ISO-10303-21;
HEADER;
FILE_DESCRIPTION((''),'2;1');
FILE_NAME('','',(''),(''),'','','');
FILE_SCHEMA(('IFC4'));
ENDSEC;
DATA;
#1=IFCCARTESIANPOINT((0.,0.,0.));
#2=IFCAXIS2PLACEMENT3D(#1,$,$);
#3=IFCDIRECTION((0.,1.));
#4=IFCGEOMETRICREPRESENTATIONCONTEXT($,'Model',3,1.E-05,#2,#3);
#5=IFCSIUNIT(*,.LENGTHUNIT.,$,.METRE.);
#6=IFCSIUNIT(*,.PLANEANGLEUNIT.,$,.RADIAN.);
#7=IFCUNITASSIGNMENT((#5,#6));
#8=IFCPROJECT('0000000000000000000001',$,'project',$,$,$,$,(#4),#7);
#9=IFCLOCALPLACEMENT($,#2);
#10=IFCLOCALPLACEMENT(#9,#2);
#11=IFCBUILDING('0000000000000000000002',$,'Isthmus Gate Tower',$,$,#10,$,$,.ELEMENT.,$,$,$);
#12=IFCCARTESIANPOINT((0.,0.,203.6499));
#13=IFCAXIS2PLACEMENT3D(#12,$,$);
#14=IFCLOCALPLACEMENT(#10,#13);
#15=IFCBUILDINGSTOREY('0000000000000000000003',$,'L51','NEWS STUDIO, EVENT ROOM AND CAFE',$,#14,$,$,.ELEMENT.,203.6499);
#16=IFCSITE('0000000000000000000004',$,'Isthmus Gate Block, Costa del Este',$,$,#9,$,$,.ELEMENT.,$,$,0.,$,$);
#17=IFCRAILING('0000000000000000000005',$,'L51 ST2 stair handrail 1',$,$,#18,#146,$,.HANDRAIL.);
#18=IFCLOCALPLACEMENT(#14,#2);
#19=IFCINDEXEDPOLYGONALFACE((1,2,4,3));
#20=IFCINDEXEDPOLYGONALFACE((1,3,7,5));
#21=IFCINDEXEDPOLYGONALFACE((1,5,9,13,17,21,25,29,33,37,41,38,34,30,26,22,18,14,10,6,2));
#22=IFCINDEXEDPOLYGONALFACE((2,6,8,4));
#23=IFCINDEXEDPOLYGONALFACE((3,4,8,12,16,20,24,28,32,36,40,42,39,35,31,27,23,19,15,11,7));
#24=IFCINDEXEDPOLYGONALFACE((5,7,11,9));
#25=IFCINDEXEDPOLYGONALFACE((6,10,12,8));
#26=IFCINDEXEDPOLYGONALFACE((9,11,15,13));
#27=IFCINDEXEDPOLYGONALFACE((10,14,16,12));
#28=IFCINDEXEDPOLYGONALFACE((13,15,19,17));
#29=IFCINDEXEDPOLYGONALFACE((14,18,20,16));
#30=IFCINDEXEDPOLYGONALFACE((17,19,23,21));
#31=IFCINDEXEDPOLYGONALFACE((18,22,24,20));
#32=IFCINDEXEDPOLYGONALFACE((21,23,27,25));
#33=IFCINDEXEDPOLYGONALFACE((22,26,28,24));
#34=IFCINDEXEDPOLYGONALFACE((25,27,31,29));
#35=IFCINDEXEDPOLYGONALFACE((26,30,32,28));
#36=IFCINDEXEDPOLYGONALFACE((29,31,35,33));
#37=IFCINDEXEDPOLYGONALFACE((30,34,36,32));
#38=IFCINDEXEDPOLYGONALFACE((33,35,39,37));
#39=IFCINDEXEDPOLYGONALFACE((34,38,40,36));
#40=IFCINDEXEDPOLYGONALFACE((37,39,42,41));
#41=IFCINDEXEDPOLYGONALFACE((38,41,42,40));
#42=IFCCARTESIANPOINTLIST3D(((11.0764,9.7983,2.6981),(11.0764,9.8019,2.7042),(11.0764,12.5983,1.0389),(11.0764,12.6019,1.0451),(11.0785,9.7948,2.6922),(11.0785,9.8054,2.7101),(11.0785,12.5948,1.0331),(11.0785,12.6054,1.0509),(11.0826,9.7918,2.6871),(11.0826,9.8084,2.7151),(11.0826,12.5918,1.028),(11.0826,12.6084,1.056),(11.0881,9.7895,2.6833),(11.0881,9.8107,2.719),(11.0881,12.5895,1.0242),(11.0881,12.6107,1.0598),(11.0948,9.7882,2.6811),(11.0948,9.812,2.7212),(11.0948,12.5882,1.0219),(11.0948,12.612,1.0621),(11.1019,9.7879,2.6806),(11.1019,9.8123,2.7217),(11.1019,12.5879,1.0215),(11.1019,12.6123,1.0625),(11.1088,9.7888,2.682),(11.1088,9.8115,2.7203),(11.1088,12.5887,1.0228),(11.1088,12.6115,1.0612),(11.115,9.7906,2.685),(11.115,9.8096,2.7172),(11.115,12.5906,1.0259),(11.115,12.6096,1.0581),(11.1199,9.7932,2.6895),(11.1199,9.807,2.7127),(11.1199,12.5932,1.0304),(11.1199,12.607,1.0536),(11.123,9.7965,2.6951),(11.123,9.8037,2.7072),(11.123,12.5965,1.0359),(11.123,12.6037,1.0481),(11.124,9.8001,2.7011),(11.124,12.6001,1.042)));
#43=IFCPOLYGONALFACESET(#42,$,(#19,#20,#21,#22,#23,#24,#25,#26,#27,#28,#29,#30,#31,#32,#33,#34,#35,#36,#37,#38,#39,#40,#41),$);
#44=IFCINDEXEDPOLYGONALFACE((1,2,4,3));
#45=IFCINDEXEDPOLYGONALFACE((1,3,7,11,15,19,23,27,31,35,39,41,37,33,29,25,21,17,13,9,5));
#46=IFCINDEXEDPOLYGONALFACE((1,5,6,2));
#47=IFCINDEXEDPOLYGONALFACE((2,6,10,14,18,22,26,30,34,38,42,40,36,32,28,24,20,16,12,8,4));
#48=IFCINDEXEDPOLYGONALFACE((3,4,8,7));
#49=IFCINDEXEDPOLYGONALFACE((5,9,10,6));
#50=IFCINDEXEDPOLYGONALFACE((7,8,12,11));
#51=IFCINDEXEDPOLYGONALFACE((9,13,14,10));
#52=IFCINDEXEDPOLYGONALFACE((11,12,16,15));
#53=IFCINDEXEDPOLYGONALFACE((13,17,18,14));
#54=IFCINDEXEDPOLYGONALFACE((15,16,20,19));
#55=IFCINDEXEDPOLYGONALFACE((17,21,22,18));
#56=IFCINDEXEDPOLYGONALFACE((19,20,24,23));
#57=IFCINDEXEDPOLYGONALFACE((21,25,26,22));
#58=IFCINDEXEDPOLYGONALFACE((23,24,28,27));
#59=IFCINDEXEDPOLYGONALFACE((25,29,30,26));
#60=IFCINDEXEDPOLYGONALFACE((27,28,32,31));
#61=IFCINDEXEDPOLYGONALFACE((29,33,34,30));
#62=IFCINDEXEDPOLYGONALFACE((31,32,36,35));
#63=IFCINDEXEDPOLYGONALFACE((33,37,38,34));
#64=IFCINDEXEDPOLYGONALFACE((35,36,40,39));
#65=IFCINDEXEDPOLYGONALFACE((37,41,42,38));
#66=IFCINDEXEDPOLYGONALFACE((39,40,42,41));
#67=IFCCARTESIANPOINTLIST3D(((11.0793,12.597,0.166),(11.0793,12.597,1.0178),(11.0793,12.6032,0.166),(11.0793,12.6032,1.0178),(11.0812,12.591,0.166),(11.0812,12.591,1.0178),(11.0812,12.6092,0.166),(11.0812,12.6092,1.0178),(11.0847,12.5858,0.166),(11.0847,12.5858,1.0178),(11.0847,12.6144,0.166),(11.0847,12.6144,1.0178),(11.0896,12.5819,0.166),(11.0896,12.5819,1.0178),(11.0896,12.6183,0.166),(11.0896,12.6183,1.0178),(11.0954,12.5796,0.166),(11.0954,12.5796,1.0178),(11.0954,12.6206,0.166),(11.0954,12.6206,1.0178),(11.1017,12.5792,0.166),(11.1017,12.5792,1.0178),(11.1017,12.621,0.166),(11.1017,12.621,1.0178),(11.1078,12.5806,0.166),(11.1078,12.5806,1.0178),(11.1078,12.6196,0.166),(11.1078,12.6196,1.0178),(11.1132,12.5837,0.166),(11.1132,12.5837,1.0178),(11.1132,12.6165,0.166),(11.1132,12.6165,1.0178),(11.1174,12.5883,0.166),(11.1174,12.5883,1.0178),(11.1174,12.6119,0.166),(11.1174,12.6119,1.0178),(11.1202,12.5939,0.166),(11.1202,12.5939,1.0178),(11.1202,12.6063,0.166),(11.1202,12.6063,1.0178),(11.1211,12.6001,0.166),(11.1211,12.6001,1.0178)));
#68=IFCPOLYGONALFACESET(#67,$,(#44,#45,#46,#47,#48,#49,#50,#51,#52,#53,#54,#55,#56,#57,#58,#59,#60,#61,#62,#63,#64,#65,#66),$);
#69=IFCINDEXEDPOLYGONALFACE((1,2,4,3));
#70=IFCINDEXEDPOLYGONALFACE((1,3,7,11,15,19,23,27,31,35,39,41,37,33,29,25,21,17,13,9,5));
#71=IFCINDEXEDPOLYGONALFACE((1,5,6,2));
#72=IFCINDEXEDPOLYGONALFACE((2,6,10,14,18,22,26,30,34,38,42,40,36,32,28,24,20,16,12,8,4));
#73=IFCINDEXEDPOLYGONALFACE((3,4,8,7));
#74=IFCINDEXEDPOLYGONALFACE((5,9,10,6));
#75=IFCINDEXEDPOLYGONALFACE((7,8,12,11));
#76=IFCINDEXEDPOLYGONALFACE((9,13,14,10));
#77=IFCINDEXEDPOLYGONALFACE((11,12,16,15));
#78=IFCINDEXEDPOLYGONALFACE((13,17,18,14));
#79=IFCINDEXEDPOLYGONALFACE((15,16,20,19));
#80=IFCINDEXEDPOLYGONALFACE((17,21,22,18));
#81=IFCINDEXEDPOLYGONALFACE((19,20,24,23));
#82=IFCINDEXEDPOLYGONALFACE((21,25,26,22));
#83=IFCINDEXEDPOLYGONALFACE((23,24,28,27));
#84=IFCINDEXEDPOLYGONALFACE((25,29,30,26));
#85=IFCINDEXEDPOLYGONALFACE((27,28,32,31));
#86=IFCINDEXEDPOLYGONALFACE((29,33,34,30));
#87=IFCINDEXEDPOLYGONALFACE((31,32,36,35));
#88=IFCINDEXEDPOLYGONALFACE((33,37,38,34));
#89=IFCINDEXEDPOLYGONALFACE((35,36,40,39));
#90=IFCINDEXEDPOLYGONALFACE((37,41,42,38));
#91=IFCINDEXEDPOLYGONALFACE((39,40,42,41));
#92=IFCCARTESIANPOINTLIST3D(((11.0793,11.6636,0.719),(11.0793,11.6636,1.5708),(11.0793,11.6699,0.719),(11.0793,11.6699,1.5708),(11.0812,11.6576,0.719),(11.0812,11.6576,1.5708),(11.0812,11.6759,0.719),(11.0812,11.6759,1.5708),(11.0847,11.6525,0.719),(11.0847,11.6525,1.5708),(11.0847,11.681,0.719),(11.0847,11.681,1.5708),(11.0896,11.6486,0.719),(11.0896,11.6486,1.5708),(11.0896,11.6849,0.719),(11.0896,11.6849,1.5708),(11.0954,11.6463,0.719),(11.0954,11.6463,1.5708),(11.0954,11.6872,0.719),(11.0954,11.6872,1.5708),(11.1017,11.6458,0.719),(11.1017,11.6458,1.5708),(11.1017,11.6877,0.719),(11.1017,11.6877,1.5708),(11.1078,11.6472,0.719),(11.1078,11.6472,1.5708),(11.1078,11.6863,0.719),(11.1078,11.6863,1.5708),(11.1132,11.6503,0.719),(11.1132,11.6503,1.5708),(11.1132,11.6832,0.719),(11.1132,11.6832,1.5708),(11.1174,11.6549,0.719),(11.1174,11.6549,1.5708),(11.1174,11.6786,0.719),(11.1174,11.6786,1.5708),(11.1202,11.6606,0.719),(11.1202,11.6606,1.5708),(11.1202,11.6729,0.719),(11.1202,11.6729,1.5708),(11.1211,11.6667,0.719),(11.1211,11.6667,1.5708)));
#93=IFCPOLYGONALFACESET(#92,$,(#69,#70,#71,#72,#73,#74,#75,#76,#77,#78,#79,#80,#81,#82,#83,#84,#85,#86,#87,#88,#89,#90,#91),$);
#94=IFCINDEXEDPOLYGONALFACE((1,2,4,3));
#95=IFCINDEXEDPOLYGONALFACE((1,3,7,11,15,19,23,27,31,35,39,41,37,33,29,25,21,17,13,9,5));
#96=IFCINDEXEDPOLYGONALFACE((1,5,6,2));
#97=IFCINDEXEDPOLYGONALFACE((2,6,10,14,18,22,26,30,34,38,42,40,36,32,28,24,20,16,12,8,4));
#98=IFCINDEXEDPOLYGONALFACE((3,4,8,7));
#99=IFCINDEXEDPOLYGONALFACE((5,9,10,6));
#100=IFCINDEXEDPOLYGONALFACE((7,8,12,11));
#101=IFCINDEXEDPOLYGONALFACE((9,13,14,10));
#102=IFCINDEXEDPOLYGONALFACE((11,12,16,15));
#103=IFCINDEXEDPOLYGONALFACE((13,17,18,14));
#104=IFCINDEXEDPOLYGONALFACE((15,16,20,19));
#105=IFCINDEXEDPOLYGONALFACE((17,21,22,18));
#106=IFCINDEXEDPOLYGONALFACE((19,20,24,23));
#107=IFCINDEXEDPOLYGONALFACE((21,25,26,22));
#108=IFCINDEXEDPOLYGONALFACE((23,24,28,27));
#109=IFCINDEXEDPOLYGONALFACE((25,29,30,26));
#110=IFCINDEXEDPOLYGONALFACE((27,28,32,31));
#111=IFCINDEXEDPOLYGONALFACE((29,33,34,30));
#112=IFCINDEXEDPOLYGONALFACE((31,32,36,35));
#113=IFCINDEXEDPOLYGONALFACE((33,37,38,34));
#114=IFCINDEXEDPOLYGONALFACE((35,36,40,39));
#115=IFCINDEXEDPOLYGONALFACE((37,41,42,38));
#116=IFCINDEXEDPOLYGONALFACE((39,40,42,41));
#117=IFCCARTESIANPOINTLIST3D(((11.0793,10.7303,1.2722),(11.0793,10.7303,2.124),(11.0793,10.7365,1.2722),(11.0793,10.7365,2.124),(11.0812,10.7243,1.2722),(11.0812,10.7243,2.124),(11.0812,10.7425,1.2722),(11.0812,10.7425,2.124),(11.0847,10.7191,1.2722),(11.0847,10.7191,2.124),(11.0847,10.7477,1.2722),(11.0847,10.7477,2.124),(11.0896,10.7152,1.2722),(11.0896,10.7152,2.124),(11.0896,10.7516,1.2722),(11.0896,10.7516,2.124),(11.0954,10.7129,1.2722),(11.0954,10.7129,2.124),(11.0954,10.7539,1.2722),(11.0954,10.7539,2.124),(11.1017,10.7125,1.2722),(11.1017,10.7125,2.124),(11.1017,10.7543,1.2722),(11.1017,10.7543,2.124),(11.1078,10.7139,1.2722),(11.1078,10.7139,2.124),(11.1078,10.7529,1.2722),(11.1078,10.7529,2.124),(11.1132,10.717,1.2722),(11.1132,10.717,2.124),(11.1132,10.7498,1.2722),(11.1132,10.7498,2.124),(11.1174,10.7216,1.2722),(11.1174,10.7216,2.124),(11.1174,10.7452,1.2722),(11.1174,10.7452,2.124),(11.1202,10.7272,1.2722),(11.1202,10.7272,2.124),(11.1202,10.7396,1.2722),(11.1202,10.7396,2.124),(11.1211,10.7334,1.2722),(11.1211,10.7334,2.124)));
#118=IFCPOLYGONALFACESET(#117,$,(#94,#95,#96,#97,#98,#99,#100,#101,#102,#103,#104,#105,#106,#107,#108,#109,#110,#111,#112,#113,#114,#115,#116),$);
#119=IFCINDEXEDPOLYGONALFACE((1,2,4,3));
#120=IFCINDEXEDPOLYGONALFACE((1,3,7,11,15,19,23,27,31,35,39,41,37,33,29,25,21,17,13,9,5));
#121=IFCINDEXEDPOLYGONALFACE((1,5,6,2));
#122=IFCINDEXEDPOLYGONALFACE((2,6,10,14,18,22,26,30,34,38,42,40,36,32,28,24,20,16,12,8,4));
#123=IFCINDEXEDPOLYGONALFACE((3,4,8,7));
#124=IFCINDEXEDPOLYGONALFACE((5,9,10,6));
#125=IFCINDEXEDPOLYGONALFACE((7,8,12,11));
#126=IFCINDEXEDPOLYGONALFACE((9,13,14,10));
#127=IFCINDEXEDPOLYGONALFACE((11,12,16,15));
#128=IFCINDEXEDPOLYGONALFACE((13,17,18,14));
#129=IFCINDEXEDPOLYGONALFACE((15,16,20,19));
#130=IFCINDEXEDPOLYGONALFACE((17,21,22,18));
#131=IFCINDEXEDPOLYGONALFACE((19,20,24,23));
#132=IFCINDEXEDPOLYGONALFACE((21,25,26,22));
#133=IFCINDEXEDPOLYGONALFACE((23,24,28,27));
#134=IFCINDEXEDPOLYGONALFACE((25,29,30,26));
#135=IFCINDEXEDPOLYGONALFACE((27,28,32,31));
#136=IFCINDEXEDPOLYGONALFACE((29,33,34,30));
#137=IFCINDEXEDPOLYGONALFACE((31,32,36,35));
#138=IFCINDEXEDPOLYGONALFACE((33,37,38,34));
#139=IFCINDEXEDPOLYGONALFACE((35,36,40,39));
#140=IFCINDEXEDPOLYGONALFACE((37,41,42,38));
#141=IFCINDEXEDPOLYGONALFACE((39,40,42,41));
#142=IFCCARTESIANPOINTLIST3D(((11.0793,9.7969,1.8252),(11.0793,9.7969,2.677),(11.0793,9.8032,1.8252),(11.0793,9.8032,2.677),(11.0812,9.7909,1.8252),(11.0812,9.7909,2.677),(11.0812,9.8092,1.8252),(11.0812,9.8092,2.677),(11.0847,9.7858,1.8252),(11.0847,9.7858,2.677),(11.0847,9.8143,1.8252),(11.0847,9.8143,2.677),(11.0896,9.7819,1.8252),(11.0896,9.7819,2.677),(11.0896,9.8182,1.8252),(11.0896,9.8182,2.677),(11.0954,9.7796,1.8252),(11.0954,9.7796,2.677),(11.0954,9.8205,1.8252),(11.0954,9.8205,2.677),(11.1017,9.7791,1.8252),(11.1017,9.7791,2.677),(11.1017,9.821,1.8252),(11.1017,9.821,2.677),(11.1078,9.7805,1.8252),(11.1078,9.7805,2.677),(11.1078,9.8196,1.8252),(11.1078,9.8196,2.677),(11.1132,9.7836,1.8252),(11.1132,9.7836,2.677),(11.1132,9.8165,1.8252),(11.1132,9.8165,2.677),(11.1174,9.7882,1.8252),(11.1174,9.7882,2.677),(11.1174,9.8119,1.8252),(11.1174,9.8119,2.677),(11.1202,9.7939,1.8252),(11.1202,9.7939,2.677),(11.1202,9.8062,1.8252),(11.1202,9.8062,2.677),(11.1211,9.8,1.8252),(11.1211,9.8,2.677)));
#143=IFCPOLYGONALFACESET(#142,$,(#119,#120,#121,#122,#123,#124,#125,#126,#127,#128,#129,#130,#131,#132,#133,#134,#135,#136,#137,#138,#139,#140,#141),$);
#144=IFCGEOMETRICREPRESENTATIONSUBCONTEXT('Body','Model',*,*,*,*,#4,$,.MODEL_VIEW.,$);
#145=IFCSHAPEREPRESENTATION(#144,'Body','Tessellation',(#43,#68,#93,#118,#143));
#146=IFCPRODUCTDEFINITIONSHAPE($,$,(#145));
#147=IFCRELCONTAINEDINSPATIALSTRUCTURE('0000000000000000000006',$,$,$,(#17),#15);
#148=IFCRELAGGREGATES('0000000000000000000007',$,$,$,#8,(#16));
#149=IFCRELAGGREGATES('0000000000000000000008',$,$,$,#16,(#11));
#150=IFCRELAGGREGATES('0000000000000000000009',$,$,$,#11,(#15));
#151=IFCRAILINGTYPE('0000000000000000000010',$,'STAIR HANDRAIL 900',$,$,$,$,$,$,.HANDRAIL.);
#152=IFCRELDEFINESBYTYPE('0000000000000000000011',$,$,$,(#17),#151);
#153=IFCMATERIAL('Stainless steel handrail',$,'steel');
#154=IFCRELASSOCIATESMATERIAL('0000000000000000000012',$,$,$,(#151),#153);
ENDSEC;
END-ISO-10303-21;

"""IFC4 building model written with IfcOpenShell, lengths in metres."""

from ifc_helpers import new_model, si_unit, direction, frame, origin, origin_2d, place, context, subcontext, project, spatial, circle, extrude, material, type_object, element, save


model = new_model("IFC4")

# Units and contexts
model_context = context("Model", 3, precision=1e-05, world=origin(), true_north=direction((0.0, 1.0)))
body_context = subcontext(model_context, "Body", "Model", "MODEL_VIEW")
ifc_project = project(units=[si_unit("LENGTHUNIT", "METRE"), si_unit("PLANEANGLEUNIT", "RADIAN")], contexts=[model_context])

# Site, building, storey
site_placement = place(None, origin())
site = spatial("IfcSite", under=ifc_project, at=site_placement, Name="Isthmus Gate Block, Costa del Este", CompositionType="ELEMENT", RefElevation=0.0)
building_placement = place(site_placement, origin())
building = spatial("IfcBuilding", under=site, at=building_placement, Name="Isthmus Gate Tower", CompositionType="ELEMENT")
storey_placement = place(building_placement, frame((0.0, 0.0, 203.6499)))
storey = spatial("IfcBuildingStorey", under=building, at=storey_placement, Name="L51", Description="NEWS STUDIO, EVENT ROOM AND CAFE", CompositionType="ELEMENT", Elevation=203.6499)

# Railing
ifc_material_1 = material(Name="Stainless steel handrail", Category="steel")
railing_type_1 = type_object("IfcRailingType", Name="STAIR HANDRAIL 900", PredefinedType="HANDRAIL", material=ifc_material_1)
railing_1_placement = place(storey_placement, frame((11.1001, 12.6001, 0.166)))
element("IfcRailing", 1, at=railing_1_placement, inside=storey, type_object=railing_type_1, Name="L51 ST2 stair handrail 1", PredefinedType="HANDRAIL", context=body_context, shape_type="SweptSolid", body=[
    extrude(circle(Radius=0.0239, at=origin_2d()), frame((0.0, 0.0, 0.876), z_axis=(0.0, -0.860306, 0.509778), x_axis=(1.0, 0.0, 0.0)), (0.0, 0.0, 1.0), 3.2546),
    extrude(circle(Radius=0.021, at=origin_2d()), origin(), (0.0, 0.0, 1.0), 0.8518),
    extrude(circle(Radius=0.021, at=origin_2d()), frame((0.0, -0.9333, 0.553)), (0.0, 0.0, 1.0), 0.8518),
    extrude(circle(Radius=0.021, at=origin_2d()), frame((0.0, -1.8667, 1.1062)), (0.0, 0.0, 1.0), 0.8518),
    extrude(circle(Radius=0.021, at=origin_2d()), frame((0.0, -2.8, 1.6592)), (0.0, 0.0, 1.0), 0.8518),
])

save(model, "model.ifc")
